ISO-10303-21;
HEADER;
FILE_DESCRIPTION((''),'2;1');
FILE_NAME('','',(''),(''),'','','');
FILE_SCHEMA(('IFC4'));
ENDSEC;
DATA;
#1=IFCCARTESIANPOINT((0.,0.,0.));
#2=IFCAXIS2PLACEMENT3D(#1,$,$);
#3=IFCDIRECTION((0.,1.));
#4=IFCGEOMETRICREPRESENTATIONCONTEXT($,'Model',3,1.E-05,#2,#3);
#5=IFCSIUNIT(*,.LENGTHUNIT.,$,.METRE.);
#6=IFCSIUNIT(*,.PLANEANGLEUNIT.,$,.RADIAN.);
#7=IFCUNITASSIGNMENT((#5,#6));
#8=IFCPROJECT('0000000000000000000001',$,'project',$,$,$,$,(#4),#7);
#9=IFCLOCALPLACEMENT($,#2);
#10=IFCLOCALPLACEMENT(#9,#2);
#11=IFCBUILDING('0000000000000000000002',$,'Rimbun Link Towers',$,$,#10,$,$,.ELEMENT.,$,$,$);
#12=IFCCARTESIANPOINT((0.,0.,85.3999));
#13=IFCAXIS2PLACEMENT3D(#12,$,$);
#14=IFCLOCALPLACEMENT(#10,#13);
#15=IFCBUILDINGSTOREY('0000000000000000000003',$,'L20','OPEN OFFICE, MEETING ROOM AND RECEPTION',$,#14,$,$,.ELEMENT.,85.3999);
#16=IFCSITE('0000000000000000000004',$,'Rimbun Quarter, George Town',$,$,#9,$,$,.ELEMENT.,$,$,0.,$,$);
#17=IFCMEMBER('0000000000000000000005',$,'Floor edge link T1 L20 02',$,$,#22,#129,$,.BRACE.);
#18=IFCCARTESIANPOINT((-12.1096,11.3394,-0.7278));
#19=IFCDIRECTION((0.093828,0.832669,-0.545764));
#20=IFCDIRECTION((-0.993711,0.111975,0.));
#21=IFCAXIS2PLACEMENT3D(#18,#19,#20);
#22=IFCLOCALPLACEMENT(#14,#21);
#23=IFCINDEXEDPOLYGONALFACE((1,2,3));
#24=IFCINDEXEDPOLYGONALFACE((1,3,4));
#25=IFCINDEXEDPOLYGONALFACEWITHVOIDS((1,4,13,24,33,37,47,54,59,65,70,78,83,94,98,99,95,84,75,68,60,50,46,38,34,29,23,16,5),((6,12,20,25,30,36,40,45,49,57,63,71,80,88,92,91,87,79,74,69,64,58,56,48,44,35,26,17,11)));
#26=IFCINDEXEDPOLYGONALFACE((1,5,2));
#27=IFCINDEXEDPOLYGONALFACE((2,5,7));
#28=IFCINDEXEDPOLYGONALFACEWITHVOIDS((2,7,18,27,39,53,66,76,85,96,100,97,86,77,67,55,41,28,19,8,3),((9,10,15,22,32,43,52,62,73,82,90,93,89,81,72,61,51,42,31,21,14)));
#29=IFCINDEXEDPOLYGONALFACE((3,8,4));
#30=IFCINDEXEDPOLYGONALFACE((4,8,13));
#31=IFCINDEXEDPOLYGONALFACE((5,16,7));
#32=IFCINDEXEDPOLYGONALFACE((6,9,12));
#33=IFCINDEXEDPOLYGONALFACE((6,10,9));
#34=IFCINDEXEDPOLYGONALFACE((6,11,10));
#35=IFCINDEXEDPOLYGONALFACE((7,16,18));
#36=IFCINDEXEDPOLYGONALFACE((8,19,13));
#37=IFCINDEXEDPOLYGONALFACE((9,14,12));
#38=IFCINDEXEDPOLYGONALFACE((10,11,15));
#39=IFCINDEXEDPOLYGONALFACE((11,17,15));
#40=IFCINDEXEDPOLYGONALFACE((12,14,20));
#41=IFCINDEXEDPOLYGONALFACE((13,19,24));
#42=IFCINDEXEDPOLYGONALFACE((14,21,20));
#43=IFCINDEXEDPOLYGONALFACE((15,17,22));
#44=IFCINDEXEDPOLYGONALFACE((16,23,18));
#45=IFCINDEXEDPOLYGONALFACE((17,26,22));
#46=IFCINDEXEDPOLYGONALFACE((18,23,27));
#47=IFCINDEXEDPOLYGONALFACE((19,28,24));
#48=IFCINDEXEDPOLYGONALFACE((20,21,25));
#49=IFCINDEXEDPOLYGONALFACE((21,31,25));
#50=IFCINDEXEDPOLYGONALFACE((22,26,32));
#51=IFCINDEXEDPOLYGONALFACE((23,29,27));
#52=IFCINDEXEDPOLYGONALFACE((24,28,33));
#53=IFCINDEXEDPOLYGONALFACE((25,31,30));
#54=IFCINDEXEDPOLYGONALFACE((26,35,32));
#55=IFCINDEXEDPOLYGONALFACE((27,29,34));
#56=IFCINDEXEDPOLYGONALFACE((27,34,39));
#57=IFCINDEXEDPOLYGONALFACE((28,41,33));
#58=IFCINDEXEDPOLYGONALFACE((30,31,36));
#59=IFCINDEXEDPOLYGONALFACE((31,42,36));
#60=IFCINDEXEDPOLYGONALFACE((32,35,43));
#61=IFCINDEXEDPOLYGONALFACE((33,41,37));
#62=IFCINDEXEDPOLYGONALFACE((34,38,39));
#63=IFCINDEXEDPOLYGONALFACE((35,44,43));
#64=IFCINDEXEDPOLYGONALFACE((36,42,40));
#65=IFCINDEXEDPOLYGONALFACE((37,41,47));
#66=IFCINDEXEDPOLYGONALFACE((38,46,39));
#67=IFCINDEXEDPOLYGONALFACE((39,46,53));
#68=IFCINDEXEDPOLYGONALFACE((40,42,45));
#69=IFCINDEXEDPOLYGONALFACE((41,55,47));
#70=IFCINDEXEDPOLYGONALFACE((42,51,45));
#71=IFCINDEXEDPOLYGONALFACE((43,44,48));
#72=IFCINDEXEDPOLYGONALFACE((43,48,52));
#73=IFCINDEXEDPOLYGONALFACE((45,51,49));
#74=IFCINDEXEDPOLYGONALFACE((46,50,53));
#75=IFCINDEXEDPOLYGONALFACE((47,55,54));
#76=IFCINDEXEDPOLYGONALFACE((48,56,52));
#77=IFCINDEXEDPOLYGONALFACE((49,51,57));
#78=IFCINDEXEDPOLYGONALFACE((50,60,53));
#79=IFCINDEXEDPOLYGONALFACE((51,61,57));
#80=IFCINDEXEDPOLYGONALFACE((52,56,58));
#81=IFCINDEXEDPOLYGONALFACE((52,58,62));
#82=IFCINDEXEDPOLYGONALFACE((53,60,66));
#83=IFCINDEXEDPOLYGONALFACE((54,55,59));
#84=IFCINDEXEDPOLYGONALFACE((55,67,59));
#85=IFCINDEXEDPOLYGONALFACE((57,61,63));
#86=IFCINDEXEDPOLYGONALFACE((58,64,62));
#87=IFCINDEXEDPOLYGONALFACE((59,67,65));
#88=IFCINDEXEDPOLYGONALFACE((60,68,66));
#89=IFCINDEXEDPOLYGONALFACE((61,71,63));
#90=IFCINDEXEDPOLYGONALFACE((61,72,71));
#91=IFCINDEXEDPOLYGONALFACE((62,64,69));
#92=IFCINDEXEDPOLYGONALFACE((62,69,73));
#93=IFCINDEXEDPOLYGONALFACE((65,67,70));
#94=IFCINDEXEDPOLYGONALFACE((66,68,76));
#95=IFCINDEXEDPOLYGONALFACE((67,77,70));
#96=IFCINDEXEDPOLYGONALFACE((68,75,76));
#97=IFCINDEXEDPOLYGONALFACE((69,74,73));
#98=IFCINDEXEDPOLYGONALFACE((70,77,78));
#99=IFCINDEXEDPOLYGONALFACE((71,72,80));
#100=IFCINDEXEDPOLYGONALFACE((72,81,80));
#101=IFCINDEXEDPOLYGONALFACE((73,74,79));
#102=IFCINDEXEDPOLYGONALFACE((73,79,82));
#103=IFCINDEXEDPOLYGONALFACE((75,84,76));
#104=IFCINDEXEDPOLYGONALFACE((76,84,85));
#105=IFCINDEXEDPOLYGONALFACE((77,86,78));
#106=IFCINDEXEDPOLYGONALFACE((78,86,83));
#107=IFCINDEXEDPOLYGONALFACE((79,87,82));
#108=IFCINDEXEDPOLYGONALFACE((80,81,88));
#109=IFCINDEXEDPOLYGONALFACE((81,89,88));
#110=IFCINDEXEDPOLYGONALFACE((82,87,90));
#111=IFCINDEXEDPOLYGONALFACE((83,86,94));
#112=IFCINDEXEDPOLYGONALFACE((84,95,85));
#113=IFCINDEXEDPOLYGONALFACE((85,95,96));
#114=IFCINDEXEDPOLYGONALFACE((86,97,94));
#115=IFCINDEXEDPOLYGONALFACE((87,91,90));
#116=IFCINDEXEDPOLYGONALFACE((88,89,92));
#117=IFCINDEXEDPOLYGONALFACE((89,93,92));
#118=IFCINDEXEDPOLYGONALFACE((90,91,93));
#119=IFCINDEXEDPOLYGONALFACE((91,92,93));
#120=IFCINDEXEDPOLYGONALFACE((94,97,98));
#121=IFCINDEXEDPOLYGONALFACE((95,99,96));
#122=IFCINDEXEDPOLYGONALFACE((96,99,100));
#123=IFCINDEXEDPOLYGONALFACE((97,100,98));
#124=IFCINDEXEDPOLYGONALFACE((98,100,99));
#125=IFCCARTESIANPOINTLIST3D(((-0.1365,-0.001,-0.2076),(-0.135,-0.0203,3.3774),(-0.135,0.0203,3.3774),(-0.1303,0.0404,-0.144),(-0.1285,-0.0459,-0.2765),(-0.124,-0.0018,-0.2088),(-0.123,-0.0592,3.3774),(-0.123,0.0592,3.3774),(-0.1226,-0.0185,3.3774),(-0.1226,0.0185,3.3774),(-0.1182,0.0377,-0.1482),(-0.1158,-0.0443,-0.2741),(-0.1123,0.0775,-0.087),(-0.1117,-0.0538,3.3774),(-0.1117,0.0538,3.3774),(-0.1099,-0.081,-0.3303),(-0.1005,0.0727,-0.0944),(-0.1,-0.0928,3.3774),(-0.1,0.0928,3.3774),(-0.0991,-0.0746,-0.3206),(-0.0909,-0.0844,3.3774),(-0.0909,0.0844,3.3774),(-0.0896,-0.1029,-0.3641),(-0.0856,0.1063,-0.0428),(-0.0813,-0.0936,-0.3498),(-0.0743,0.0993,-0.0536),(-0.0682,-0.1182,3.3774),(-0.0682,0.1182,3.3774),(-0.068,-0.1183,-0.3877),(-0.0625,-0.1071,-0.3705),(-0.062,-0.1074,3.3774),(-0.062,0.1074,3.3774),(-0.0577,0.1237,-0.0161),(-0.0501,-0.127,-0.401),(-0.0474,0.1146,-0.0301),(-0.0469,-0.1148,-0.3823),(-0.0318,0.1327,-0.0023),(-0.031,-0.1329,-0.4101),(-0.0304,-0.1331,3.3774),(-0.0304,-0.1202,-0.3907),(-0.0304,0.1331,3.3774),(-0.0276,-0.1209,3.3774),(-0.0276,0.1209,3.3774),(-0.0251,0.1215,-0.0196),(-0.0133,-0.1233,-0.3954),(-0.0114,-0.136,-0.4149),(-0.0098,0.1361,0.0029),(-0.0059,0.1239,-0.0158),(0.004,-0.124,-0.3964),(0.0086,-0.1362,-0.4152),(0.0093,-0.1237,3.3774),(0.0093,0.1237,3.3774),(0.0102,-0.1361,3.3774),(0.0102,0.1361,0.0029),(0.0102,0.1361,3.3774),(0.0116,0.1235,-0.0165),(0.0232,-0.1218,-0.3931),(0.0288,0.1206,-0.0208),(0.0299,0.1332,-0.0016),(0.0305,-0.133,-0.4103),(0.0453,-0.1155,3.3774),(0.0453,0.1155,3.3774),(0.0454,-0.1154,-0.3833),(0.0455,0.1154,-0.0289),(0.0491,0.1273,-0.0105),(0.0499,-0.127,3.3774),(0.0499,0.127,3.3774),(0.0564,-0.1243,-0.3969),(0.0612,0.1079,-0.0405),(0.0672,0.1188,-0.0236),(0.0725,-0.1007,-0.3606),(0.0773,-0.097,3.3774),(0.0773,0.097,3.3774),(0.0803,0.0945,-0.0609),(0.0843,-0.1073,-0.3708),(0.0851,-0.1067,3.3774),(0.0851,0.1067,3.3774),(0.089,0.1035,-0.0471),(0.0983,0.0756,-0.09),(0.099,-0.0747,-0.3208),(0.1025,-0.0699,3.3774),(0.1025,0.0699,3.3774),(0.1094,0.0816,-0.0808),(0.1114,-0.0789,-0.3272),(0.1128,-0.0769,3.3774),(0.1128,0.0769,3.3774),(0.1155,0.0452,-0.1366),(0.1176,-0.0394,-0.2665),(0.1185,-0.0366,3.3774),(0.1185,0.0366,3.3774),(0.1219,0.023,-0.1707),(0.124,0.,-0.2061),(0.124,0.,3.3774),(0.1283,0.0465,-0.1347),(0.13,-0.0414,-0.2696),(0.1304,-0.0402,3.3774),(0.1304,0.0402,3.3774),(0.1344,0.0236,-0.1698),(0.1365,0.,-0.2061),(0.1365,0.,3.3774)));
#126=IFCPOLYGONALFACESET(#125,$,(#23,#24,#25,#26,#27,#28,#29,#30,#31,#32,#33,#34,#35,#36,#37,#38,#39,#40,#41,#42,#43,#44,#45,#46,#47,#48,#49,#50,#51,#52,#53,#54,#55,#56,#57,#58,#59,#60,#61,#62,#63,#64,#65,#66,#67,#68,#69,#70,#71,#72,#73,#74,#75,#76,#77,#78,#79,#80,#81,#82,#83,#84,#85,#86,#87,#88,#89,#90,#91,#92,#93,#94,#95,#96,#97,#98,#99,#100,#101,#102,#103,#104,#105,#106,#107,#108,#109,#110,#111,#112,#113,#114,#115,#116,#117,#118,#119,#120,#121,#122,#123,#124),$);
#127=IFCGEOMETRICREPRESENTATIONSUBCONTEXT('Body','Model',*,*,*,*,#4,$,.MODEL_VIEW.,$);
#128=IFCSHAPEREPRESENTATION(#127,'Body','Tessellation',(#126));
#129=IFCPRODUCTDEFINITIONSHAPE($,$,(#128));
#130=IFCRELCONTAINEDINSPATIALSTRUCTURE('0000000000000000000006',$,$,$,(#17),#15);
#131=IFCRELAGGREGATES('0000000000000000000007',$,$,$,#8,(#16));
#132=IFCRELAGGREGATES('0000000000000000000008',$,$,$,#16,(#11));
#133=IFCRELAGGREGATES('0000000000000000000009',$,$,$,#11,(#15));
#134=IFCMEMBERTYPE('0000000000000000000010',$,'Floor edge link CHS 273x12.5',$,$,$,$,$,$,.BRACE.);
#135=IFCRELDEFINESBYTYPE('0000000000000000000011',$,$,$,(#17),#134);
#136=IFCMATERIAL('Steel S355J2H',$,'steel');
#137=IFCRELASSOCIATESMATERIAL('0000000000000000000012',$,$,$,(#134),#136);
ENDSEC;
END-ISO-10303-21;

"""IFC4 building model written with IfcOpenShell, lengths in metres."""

from ifc_helpers import new_model, si_unit, direction, frame, origin, origin_2d, place, context, subcontext, project, spatial, hollow_circle, extrude, clip, halfspace, material, material_profile, profile_set, type_object, element, save


model = new_model("IFC4")

# Units and contexts
model_context = context("Model", 3, precision=1e-05, world=origin(), true_north=direction((0.0, 1.0)))
body_context = subcontext(model_context, "Body", "Model", "MODEL_VIEW")
ifc_project = project(units=[si_unit("LENGTHUNIT", "METRE"), si_unit("PLANEANGLEUNIT", "RADIAN")], contexts=[model_context])

# Site, building, storey
site_placement = place(None, origin())
site = spatial("IfcSite", under=ifc_project, at=site_placement, Name="Rimbun Quarter, George Town", CompositionType="ELEMENT", RefElevation=0.0)
building_placement = place(site_placement, origin())
building = spatial("IfcBuilding", under=site, at=building_placement, Name="Rimbun Link Towers", CompositionType="ELEMENT")
storey_placement = place(building_placement, frame((0.0, 0.0, 85.3999)))
storey = spatial("IfcBuildingStorey", under=building, at=storey_placement, Name="L20", Description="OPEN OFFICE, MEETING ROOM AND RECEPTION", CompositionType="ELEMENT", Elevation=85.3999)

# Member
ifc_material_1 = material(Name="Steel S355J2H", Category="steel")
ifc_material_profile_1 = material_profile(ifc_material_1, hollow_circle(Radius=0.1365, WallThickness=0.0125, at=origin_2d()), Name="CHS 273x12.5")
ifc_profile_set_1 = profile_set([ifc_material_profile_1], Name="Steel S355J2H")
member_type_1 = type_object("IfcMemberType", Name="Floor edge link CHS 273x12.5", PredefinedType="BRACE", material=ifc_profile_set_1)
member_1_placement = place(storey_placement, frame((-12.1096, 11.3394, -0.7278), z_axis=(0.093828, 0.832669, -0.545764), x_axis=(-0.993711, 0.111975, 0.0)))
element("IfcMember", 1, at=member_1_placement, inside=storey, type_object=member_type_1, Name="Floor edge link T1 L20 02", PredefinedType="BRACE", context=body_context, shape_type="Clipping", body=[
    clip(extrude(hollow_circle(Radius=0.1365, WallThickness=0.0125, at=origin_2d()), frame((0.0, 0.0, -0.4375)), (0.0, 0.0, 1.0), 3.8149), halfspace(frame((0.0, 0.0, -0.2061), z_axis=(0.0, 0.837939, -0.545764)), False)),
])

save(model, "model.ifc")
